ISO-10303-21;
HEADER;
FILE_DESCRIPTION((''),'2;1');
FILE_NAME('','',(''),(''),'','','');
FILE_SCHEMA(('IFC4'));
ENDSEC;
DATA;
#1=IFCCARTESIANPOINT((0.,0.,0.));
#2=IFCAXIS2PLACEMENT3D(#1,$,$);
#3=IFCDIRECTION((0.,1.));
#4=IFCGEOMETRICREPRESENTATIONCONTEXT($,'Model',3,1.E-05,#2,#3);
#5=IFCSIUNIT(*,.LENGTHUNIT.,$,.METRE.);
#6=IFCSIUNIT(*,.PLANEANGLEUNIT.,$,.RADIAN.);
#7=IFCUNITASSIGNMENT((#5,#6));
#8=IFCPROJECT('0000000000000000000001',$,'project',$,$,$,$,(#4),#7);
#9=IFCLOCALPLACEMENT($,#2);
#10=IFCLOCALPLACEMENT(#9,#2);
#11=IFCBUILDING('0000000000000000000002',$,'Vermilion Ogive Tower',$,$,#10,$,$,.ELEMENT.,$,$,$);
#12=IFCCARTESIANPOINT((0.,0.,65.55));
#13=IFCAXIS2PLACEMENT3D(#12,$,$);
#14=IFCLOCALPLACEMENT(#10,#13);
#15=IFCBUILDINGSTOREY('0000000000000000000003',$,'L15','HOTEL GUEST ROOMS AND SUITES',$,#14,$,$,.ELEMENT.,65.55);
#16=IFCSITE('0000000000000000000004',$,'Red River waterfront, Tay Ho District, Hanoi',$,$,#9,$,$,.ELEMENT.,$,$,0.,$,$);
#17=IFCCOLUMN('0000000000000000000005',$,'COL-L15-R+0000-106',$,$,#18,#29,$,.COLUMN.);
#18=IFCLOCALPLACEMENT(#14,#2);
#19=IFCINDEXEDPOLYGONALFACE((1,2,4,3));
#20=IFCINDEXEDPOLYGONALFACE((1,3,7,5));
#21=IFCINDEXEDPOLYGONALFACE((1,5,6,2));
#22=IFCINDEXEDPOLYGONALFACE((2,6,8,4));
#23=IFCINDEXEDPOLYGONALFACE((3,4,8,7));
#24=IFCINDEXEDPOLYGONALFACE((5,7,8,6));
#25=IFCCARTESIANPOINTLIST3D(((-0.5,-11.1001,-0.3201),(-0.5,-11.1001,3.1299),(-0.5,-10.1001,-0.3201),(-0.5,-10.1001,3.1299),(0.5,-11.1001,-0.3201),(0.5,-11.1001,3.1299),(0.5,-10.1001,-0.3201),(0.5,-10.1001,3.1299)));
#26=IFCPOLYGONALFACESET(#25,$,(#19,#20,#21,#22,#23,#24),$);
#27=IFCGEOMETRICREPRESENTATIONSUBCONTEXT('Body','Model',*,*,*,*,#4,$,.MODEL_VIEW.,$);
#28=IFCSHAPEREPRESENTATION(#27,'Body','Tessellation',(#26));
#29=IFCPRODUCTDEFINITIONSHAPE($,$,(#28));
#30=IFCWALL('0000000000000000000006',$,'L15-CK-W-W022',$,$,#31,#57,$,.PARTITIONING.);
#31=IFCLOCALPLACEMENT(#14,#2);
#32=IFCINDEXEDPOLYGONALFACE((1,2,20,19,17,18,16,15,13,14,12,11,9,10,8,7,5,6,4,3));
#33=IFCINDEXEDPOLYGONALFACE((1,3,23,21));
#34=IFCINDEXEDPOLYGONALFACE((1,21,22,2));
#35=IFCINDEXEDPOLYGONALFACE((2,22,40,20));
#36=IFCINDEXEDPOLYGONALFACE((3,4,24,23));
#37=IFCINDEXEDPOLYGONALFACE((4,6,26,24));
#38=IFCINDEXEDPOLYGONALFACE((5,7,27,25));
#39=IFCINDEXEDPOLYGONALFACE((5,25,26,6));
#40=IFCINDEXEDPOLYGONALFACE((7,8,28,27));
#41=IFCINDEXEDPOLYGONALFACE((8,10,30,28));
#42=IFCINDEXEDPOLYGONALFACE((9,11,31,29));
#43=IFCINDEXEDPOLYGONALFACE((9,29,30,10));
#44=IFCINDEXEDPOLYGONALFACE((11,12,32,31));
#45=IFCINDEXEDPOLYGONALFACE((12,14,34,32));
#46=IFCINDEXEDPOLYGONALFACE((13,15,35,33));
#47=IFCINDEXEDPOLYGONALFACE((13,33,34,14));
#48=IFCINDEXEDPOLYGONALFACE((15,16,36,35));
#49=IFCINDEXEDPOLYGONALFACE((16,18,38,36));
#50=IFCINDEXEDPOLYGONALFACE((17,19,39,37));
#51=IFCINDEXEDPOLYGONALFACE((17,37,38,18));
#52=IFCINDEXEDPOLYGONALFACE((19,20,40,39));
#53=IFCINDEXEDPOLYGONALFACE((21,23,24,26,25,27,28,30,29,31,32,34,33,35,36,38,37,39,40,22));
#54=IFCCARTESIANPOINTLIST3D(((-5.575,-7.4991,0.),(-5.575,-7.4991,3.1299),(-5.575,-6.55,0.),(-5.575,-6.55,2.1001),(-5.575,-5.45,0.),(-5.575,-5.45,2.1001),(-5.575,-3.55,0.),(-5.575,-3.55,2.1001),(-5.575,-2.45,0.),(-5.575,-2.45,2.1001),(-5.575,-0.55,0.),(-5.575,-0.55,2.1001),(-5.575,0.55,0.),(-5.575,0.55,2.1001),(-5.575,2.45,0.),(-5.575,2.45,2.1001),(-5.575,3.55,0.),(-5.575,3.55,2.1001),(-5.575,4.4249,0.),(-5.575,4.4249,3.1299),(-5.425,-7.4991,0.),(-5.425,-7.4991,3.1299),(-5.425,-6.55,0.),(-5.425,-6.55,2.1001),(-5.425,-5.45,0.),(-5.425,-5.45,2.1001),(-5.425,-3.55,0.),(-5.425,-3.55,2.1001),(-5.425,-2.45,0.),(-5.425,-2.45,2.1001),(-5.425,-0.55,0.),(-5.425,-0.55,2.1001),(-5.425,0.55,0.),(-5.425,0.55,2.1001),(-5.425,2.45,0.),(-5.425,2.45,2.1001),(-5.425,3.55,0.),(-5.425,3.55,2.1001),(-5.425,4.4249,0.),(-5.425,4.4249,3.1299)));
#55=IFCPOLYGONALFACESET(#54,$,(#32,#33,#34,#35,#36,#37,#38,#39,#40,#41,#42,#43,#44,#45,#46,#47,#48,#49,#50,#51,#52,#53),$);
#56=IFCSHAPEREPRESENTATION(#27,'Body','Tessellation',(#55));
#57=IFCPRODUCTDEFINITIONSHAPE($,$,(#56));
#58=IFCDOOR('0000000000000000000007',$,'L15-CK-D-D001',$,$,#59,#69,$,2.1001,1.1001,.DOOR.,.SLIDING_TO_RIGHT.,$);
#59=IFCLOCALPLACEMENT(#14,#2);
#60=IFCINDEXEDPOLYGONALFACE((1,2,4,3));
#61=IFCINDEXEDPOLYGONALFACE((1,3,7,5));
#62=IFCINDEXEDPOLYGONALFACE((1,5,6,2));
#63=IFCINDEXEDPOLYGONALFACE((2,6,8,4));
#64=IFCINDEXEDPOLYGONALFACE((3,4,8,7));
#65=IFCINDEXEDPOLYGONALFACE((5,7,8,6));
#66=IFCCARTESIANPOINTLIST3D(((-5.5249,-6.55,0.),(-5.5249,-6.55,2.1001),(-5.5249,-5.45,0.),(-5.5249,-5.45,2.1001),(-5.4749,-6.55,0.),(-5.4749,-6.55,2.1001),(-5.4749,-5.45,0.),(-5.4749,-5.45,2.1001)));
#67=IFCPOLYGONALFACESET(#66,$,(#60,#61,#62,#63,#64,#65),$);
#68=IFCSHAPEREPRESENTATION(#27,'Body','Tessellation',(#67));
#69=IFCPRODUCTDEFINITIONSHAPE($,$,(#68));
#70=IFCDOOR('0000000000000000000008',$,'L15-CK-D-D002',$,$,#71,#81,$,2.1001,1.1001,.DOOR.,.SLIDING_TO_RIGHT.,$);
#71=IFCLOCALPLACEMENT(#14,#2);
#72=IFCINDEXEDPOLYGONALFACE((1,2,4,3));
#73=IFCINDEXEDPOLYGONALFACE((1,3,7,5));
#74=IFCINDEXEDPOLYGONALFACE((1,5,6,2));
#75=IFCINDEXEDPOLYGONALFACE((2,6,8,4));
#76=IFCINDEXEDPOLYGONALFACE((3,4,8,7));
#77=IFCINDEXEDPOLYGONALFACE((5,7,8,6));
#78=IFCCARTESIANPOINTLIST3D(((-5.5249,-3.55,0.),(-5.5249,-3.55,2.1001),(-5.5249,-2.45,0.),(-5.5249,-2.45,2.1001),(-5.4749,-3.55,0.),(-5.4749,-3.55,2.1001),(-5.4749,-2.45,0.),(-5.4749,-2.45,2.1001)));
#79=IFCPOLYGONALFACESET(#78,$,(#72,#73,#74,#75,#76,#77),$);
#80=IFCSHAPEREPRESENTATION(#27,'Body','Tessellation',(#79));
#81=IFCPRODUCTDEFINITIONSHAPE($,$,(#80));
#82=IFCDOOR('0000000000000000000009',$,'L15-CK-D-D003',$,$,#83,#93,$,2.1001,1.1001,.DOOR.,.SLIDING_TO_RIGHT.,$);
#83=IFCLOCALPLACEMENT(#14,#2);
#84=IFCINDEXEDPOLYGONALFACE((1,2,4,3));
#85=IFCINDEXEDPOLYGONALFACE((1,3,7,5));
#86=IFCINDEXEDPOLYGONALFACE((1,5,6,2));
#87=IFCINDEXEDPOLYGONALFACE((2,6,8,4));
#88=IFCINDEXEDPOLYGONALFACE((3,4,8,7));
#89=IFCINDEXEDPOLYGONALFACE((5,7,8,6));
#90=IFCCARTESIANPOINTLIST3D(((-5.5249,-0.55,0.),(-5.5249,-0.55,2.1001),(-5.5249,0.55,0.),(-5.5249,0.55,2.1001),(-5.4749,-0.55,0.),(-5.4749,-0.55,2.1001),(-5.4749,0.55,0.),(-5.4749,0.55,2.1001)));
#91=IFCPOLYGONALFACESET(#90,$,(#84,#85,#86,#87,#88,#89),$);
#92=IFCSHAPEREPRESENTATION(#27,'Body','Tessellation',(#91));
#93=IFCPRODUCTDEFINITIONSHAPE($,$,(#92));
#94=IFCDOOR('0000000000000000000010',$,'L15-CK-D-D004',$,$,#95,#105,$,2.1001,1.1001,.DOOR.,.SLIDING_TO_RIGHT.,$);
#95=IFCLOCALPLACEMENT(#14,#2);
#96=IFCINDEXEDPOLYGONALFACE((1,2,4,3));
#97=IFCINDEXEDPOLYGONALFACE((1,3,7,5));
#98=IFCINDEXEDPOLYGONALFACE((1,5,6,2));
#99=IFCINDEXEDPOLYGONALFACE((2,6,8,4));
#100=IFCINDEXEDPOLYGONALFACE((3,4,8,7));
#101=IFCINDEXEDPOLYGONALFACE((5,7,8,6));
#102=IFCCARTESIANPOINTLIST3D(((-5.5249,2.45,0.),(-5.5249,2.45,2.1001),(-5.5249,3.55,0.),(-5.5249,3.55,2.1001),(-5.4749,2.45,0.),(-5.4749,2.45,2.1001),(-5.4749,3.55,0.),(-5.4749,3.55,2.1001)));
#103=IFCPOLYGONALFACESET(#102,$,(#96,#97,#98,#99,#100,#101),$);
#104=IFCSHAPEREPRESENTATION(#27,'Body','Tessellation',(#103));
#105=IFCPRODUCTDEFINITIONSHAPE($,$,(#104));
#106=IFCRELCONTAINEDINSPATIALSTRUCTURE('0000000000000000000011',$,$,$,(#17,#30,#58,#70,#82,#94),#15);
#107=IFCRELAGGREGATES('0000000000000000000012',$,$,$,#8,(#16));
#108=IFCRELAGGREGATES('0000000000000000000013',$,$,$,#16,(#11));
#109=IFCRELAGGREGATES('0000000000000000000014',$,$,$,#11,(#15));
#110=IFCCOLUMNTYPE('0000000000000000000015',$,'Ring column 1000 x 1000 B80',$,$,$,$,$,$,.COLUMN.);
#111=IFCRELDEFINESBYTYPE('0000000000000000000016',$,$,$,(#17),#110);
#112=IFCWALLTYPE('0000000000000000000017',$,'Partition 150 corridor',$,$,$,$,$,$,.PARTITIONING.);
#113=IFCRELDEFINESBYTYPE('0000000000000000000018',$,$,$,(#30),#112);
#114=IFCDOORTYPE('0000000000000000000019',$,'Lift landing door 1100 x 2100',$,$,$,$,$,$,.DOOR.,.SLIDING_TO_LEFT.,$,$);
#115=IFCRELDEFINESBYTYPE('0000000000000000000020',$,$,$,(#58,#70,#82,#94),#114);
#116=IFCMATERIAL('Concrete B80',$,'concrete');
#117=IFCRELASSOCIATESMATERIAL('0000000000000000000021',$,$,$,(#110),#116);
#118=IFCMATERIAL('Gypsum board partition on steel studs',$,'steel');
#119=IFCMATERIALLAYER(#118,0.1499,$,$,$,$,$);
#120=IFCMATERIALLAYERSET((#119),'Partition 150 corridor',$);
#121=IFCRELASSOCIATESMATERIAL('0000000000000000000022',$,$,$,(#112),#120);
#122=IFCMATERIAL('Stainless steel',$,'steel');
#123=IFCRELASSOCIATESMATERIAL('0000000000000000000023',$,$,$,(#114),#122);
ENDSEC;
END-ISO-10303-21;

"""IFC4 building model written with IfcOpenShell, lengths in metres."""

from ifc_helpers import new_model, si_unit, direction, frame, frame_2d, origin, origin_2d, place, context, subcontext, project, spatial, rectangle, extrude, material, layer, layer_set, material_profile, profile_set, type_object, element, fill, save


model = new_model("IFC4")

# Units and contexts
model_context = context("Model", 3, precision=1e-05, world=origin(), true_north=direction((0.0, 1.0)))
body_context = subcontext(model_context, "Body", "Model", "MODEL_VIEW")
ifc_project = project(units=[si_unit("LENGTHUNIT", "METRE"), si_unit("PLANEANGLEUNIT", "RADIAN")], contexts=[model_context])

# Site, building, storey
site_placement = place(None, origin())
site = spatial("IfcSite", under=ifc_project, at=site_placement, Name="Red River waterfront, Tay Ho District, Hanoi", CompositionType="ELEMENT", RefElevation=0.0)
building_placement = place(site_placement, origin())
building = spatial("IfcBuilding", under=site, at=building_placement, Name="Vermilion Ogive Tower", CompositionType="ELEMENT")
storey_placement = place(building_placement, frame((0.0, 0.0, 65.55)))
storey = spatial("IfcBuildingStorey", under=building, at=storey_placement, Name="L15", Description="HOTEL GUEST ROOMS AND SUITES", CompositionType="ELEMENT", Elevation=65.55)

# Column
ifc_material_1 = material(Name="Concrete B80", Category="concrete")
ifc_material_profile = material_profile(ifc_material_1, rectangle(XDim=1.0, YDim=1.0, at=origin_2d()), Name="1000 x 1000")
ifc_profile_set = profile_set([ifc_material_profile], Name="Concrete B80")
column_type = type_object("IfcColumnType", Name="Ring column 1000 x 1000 B80", PredefinedType="COLUMN", material=ifc_profile_set)
column_placement = place(storey_placement, frame((0.0, -10.6001, -0.3201), z_axis=(0.0, 0.0, 1.0), x_axis=(1.0, 0.0, 0.0)))
element("IfcColumn", 1, at=column_placement, inside=storey, type_object=column_type, Name="COL-L15-R+0000-106", PredefinedType="COLUMN", context=body_context, shape_type="SweptSolid", body=[
    extrude(rectangle(XDim=1.0, YDim=1.0, at=origin_2d()), origin(), (0.0, 0.0, 1.0), 3.45),
])

# Wall, openings, doors
ifc_material_2 = material(Name="Gypsum board partition on steel studs", Category="steel")
ifc_layer_1 = layer(ifc_material_2, 0.1499)
ifc_layer_set_1 = layer_set([ifc_layer_1], Name="Partition 150 corridor")
wall_type_1 = type_object("IfcWallType", Name="Partition 150 corridor", PredefinedType="PARTITIONING", material=ifc_layer_set_1)
wall_1_placement = place(storey_placement, frame((-5.5, -7.499, 0.0), z_axis=(0.0, 0.0, 1.0), x_axis=(0.0, 1.0, 0.0)))
wall_1 = element("IfcWall", 2, at=wall_1_placement, inside=storey, type_object=wall_type_1, Name="L15-CK-W-W022", PredefinedType="PARTITIONING", context=body_context, shape_type="SweptSolid", body=[
    extrude(rectangle(XDim=11.9241, YDim=0.1499, at=frame_2d((5.9619, 0.0))), origin(), (0.0, 0.0, 1.0), 3.1299),
])
opening_1_placement = place(wall_1_placement, frame((0.949, 0.0, 0.0)))
opening_1 = element("IfcOpeningElement", 3, at=opening_1_placement, cuts=wall_1, PredefinedType="OPENING", context=body_context, shape_type="SweptSolid", body=[
    extrude(rectangle(XDim=1.1001, YDim=2.1001, at=frame_2d((0.55, 1.05))), frame((0.0, 0.085, 0.0), z_axis=(0.0, -1.0, 0.0), x_axis=(1.0, 0.0, 0.0)), (0.0, 0.0, 1.0), 0.1699),
])
opening_2_placement = place(wall_1_placement, frame((3.949, 0.0, 0.0)))
opening_2 = element("IfcOpeningElement", 4, at=opening_2_placement, cuts=wall_1, PredefinedType="OPENING", context=body_context, shape_type="SweptSolid", body=[
    extrude(rectangle(XDim=1.1001, YDim=2.1001, at=frame_2d((0.55, 1.05))), frame((0.0, 0.085, 0.0), z_axis=(0.0, -1.0, 0.0), x_axis=(1.0, 0.0, 0.0)), (0.0, 0.0, 1.0), 0.1699),
])
opening_3_placement = place(wall_1_placement, frame((6.949, 0.0, 0.0)))
opening_3 = element("IfcOpeningElement", 5, at=opening_3_placement, cuts=wall_1, PredefinedType="OPENING", context=body_context, shape_type="SweptSolid", body=[
    extrude(rectangle(XDim=1.1001, YDim=2.1001, at=frame_2d((0.55, 1.05))), frame((0.0, 0.085, 0.0), z_axis=(0.0, -1.0, 0.0), x_axis=(1.0, 0.0, 0.0)), (0.0, 0.0, 1.0), 0.1699),
])
opening_4_placement = place(wall_1_placement, frame((9.949, 0.0, 0.0)))
opening_4 = element("IfcOpeningElement", 6, at=opening_4_placement, cuts=wall_1, PredefinedType="OPENING", context=body_context, shape_type="SweptSolid", body=[
    extrude(rectangle(XDim=1.1001, YDim=2.1001, at=frame_2d((0.55, 1.05))), frame((0.0, 0.085, 0.0), z_axis=(0.0, -1.0, 0.0), x_axis=(1.0, 0.0, 0.0)), (0.0, 0.0, 1.0), 0.1699),
])
ifc_material_3 = material(Name="Stainless steel", Category="steel")
door_type = type_object("IfcDoorType", Name="Lift landing door 1100 x 2100", OperationType="SLIDING_TO_LEFT", PredefinedType="DOOR", material=ifc_material_3)
door_1_placement = place(opening_1_placement, origin())
door_1 = element("IfcDoor", 7, at=door_1_placement, inside=storey, type_object=door_type, Name="L15-CK-D-D001", OperationType="SLIDING_TO_RIGHT", OverallHeight=2.1001, OverallWidth=1.1001, PredefinedType="DOOR", context=body_context, shape_type="SweptSolid", body=[
    extrude(rectangle(XDim=1.1001, YDim=2.1001, at=frame_2d((0.55, 1.05))), frame((0.0, 0.0249, 0.0), z_axis=(0.0, -1.0, 0.0), x_axis=(1.0, 0.0, 0.0)), (0.0, 0.0, 1.0), 0.05),
])
fill(opening_1, door_1)
door_2_placement = place(opening_2_placement, origin())
door_2 = element("IfcDoor", 8, at=door_2_placement, inside=storey, type_object=door_type, Name="L15-CK-D-D002", OperationType="SLIDING_TO_RIGHT", OverallHeight=2.1001, OverallWidth=1.1001, PredefinedType="DOOR", context=body_context, shape_type="SweptSolid", body=[
    extrude(rectangle(XDim=1.1001, YDim=2.1001, at=frame_2d((0.55, 1.05))), frame((0.0, 0.0249, 0.0), z_axis=(0.0, -1.0, 0.0), x_axis=(1.0, 0.0, 0.0)), (0.0, 0.0, 1.0), 0.05),
])
fill(opening_2, door_2)
door_3_placement = place(opening_3_placement, origin())
door_3 = element("IfcDoor", 9, at=door_3_placement, inside=storey, type_object=door_type, Name="L15-CK-D-D003", OperationType="SLIDING_TO_RIGHT", OverallHeight=2.1001, OverallWidth=1.1001, PredefinedType="DOOR", context=body_context, shape_type="SweptSolid", body=[
    extrude(rectangle(XDim=1.1001, YDim=2.1001, at=frame_2d((0.55, 1.05))), frame((0.0, 0.0249, 0.0), z_axis=(0.0, -1.0, 0.0), x_axis=(1.0, 0.0, 0.0)), (0.0, 0.0, 1.0), 0.05),
])
fill(opening_3, door_3)
door_4_placement = place(opening_4_placement, origin())
door_4 = element("IfcDoor", 10, at=door_4_placement, inside=storey, type_object=door_type, Name="L15-CK-D-D004", OperationType="SLIDING_TO_RIGHT", OverallHeight=2.1001, OverallWidth=1.1001, PredefinedType="DOOR", context=body_context, shape_type="SweptSolid", body=[
    extrude(rectangle(XDim=1.1001, YDim=2.1001, at=frame_2d((0.55, 1.05))), frame((0.0, 0.0249, 0.0), z_axis=(0.0, -1.0, 0.0), x_axis=(1.0, 0.0, 0.0)), (0.0, 0.0, 1.0), 0.05),
])
fill(opening_4, door_4)

save(model, "model.ifc")
